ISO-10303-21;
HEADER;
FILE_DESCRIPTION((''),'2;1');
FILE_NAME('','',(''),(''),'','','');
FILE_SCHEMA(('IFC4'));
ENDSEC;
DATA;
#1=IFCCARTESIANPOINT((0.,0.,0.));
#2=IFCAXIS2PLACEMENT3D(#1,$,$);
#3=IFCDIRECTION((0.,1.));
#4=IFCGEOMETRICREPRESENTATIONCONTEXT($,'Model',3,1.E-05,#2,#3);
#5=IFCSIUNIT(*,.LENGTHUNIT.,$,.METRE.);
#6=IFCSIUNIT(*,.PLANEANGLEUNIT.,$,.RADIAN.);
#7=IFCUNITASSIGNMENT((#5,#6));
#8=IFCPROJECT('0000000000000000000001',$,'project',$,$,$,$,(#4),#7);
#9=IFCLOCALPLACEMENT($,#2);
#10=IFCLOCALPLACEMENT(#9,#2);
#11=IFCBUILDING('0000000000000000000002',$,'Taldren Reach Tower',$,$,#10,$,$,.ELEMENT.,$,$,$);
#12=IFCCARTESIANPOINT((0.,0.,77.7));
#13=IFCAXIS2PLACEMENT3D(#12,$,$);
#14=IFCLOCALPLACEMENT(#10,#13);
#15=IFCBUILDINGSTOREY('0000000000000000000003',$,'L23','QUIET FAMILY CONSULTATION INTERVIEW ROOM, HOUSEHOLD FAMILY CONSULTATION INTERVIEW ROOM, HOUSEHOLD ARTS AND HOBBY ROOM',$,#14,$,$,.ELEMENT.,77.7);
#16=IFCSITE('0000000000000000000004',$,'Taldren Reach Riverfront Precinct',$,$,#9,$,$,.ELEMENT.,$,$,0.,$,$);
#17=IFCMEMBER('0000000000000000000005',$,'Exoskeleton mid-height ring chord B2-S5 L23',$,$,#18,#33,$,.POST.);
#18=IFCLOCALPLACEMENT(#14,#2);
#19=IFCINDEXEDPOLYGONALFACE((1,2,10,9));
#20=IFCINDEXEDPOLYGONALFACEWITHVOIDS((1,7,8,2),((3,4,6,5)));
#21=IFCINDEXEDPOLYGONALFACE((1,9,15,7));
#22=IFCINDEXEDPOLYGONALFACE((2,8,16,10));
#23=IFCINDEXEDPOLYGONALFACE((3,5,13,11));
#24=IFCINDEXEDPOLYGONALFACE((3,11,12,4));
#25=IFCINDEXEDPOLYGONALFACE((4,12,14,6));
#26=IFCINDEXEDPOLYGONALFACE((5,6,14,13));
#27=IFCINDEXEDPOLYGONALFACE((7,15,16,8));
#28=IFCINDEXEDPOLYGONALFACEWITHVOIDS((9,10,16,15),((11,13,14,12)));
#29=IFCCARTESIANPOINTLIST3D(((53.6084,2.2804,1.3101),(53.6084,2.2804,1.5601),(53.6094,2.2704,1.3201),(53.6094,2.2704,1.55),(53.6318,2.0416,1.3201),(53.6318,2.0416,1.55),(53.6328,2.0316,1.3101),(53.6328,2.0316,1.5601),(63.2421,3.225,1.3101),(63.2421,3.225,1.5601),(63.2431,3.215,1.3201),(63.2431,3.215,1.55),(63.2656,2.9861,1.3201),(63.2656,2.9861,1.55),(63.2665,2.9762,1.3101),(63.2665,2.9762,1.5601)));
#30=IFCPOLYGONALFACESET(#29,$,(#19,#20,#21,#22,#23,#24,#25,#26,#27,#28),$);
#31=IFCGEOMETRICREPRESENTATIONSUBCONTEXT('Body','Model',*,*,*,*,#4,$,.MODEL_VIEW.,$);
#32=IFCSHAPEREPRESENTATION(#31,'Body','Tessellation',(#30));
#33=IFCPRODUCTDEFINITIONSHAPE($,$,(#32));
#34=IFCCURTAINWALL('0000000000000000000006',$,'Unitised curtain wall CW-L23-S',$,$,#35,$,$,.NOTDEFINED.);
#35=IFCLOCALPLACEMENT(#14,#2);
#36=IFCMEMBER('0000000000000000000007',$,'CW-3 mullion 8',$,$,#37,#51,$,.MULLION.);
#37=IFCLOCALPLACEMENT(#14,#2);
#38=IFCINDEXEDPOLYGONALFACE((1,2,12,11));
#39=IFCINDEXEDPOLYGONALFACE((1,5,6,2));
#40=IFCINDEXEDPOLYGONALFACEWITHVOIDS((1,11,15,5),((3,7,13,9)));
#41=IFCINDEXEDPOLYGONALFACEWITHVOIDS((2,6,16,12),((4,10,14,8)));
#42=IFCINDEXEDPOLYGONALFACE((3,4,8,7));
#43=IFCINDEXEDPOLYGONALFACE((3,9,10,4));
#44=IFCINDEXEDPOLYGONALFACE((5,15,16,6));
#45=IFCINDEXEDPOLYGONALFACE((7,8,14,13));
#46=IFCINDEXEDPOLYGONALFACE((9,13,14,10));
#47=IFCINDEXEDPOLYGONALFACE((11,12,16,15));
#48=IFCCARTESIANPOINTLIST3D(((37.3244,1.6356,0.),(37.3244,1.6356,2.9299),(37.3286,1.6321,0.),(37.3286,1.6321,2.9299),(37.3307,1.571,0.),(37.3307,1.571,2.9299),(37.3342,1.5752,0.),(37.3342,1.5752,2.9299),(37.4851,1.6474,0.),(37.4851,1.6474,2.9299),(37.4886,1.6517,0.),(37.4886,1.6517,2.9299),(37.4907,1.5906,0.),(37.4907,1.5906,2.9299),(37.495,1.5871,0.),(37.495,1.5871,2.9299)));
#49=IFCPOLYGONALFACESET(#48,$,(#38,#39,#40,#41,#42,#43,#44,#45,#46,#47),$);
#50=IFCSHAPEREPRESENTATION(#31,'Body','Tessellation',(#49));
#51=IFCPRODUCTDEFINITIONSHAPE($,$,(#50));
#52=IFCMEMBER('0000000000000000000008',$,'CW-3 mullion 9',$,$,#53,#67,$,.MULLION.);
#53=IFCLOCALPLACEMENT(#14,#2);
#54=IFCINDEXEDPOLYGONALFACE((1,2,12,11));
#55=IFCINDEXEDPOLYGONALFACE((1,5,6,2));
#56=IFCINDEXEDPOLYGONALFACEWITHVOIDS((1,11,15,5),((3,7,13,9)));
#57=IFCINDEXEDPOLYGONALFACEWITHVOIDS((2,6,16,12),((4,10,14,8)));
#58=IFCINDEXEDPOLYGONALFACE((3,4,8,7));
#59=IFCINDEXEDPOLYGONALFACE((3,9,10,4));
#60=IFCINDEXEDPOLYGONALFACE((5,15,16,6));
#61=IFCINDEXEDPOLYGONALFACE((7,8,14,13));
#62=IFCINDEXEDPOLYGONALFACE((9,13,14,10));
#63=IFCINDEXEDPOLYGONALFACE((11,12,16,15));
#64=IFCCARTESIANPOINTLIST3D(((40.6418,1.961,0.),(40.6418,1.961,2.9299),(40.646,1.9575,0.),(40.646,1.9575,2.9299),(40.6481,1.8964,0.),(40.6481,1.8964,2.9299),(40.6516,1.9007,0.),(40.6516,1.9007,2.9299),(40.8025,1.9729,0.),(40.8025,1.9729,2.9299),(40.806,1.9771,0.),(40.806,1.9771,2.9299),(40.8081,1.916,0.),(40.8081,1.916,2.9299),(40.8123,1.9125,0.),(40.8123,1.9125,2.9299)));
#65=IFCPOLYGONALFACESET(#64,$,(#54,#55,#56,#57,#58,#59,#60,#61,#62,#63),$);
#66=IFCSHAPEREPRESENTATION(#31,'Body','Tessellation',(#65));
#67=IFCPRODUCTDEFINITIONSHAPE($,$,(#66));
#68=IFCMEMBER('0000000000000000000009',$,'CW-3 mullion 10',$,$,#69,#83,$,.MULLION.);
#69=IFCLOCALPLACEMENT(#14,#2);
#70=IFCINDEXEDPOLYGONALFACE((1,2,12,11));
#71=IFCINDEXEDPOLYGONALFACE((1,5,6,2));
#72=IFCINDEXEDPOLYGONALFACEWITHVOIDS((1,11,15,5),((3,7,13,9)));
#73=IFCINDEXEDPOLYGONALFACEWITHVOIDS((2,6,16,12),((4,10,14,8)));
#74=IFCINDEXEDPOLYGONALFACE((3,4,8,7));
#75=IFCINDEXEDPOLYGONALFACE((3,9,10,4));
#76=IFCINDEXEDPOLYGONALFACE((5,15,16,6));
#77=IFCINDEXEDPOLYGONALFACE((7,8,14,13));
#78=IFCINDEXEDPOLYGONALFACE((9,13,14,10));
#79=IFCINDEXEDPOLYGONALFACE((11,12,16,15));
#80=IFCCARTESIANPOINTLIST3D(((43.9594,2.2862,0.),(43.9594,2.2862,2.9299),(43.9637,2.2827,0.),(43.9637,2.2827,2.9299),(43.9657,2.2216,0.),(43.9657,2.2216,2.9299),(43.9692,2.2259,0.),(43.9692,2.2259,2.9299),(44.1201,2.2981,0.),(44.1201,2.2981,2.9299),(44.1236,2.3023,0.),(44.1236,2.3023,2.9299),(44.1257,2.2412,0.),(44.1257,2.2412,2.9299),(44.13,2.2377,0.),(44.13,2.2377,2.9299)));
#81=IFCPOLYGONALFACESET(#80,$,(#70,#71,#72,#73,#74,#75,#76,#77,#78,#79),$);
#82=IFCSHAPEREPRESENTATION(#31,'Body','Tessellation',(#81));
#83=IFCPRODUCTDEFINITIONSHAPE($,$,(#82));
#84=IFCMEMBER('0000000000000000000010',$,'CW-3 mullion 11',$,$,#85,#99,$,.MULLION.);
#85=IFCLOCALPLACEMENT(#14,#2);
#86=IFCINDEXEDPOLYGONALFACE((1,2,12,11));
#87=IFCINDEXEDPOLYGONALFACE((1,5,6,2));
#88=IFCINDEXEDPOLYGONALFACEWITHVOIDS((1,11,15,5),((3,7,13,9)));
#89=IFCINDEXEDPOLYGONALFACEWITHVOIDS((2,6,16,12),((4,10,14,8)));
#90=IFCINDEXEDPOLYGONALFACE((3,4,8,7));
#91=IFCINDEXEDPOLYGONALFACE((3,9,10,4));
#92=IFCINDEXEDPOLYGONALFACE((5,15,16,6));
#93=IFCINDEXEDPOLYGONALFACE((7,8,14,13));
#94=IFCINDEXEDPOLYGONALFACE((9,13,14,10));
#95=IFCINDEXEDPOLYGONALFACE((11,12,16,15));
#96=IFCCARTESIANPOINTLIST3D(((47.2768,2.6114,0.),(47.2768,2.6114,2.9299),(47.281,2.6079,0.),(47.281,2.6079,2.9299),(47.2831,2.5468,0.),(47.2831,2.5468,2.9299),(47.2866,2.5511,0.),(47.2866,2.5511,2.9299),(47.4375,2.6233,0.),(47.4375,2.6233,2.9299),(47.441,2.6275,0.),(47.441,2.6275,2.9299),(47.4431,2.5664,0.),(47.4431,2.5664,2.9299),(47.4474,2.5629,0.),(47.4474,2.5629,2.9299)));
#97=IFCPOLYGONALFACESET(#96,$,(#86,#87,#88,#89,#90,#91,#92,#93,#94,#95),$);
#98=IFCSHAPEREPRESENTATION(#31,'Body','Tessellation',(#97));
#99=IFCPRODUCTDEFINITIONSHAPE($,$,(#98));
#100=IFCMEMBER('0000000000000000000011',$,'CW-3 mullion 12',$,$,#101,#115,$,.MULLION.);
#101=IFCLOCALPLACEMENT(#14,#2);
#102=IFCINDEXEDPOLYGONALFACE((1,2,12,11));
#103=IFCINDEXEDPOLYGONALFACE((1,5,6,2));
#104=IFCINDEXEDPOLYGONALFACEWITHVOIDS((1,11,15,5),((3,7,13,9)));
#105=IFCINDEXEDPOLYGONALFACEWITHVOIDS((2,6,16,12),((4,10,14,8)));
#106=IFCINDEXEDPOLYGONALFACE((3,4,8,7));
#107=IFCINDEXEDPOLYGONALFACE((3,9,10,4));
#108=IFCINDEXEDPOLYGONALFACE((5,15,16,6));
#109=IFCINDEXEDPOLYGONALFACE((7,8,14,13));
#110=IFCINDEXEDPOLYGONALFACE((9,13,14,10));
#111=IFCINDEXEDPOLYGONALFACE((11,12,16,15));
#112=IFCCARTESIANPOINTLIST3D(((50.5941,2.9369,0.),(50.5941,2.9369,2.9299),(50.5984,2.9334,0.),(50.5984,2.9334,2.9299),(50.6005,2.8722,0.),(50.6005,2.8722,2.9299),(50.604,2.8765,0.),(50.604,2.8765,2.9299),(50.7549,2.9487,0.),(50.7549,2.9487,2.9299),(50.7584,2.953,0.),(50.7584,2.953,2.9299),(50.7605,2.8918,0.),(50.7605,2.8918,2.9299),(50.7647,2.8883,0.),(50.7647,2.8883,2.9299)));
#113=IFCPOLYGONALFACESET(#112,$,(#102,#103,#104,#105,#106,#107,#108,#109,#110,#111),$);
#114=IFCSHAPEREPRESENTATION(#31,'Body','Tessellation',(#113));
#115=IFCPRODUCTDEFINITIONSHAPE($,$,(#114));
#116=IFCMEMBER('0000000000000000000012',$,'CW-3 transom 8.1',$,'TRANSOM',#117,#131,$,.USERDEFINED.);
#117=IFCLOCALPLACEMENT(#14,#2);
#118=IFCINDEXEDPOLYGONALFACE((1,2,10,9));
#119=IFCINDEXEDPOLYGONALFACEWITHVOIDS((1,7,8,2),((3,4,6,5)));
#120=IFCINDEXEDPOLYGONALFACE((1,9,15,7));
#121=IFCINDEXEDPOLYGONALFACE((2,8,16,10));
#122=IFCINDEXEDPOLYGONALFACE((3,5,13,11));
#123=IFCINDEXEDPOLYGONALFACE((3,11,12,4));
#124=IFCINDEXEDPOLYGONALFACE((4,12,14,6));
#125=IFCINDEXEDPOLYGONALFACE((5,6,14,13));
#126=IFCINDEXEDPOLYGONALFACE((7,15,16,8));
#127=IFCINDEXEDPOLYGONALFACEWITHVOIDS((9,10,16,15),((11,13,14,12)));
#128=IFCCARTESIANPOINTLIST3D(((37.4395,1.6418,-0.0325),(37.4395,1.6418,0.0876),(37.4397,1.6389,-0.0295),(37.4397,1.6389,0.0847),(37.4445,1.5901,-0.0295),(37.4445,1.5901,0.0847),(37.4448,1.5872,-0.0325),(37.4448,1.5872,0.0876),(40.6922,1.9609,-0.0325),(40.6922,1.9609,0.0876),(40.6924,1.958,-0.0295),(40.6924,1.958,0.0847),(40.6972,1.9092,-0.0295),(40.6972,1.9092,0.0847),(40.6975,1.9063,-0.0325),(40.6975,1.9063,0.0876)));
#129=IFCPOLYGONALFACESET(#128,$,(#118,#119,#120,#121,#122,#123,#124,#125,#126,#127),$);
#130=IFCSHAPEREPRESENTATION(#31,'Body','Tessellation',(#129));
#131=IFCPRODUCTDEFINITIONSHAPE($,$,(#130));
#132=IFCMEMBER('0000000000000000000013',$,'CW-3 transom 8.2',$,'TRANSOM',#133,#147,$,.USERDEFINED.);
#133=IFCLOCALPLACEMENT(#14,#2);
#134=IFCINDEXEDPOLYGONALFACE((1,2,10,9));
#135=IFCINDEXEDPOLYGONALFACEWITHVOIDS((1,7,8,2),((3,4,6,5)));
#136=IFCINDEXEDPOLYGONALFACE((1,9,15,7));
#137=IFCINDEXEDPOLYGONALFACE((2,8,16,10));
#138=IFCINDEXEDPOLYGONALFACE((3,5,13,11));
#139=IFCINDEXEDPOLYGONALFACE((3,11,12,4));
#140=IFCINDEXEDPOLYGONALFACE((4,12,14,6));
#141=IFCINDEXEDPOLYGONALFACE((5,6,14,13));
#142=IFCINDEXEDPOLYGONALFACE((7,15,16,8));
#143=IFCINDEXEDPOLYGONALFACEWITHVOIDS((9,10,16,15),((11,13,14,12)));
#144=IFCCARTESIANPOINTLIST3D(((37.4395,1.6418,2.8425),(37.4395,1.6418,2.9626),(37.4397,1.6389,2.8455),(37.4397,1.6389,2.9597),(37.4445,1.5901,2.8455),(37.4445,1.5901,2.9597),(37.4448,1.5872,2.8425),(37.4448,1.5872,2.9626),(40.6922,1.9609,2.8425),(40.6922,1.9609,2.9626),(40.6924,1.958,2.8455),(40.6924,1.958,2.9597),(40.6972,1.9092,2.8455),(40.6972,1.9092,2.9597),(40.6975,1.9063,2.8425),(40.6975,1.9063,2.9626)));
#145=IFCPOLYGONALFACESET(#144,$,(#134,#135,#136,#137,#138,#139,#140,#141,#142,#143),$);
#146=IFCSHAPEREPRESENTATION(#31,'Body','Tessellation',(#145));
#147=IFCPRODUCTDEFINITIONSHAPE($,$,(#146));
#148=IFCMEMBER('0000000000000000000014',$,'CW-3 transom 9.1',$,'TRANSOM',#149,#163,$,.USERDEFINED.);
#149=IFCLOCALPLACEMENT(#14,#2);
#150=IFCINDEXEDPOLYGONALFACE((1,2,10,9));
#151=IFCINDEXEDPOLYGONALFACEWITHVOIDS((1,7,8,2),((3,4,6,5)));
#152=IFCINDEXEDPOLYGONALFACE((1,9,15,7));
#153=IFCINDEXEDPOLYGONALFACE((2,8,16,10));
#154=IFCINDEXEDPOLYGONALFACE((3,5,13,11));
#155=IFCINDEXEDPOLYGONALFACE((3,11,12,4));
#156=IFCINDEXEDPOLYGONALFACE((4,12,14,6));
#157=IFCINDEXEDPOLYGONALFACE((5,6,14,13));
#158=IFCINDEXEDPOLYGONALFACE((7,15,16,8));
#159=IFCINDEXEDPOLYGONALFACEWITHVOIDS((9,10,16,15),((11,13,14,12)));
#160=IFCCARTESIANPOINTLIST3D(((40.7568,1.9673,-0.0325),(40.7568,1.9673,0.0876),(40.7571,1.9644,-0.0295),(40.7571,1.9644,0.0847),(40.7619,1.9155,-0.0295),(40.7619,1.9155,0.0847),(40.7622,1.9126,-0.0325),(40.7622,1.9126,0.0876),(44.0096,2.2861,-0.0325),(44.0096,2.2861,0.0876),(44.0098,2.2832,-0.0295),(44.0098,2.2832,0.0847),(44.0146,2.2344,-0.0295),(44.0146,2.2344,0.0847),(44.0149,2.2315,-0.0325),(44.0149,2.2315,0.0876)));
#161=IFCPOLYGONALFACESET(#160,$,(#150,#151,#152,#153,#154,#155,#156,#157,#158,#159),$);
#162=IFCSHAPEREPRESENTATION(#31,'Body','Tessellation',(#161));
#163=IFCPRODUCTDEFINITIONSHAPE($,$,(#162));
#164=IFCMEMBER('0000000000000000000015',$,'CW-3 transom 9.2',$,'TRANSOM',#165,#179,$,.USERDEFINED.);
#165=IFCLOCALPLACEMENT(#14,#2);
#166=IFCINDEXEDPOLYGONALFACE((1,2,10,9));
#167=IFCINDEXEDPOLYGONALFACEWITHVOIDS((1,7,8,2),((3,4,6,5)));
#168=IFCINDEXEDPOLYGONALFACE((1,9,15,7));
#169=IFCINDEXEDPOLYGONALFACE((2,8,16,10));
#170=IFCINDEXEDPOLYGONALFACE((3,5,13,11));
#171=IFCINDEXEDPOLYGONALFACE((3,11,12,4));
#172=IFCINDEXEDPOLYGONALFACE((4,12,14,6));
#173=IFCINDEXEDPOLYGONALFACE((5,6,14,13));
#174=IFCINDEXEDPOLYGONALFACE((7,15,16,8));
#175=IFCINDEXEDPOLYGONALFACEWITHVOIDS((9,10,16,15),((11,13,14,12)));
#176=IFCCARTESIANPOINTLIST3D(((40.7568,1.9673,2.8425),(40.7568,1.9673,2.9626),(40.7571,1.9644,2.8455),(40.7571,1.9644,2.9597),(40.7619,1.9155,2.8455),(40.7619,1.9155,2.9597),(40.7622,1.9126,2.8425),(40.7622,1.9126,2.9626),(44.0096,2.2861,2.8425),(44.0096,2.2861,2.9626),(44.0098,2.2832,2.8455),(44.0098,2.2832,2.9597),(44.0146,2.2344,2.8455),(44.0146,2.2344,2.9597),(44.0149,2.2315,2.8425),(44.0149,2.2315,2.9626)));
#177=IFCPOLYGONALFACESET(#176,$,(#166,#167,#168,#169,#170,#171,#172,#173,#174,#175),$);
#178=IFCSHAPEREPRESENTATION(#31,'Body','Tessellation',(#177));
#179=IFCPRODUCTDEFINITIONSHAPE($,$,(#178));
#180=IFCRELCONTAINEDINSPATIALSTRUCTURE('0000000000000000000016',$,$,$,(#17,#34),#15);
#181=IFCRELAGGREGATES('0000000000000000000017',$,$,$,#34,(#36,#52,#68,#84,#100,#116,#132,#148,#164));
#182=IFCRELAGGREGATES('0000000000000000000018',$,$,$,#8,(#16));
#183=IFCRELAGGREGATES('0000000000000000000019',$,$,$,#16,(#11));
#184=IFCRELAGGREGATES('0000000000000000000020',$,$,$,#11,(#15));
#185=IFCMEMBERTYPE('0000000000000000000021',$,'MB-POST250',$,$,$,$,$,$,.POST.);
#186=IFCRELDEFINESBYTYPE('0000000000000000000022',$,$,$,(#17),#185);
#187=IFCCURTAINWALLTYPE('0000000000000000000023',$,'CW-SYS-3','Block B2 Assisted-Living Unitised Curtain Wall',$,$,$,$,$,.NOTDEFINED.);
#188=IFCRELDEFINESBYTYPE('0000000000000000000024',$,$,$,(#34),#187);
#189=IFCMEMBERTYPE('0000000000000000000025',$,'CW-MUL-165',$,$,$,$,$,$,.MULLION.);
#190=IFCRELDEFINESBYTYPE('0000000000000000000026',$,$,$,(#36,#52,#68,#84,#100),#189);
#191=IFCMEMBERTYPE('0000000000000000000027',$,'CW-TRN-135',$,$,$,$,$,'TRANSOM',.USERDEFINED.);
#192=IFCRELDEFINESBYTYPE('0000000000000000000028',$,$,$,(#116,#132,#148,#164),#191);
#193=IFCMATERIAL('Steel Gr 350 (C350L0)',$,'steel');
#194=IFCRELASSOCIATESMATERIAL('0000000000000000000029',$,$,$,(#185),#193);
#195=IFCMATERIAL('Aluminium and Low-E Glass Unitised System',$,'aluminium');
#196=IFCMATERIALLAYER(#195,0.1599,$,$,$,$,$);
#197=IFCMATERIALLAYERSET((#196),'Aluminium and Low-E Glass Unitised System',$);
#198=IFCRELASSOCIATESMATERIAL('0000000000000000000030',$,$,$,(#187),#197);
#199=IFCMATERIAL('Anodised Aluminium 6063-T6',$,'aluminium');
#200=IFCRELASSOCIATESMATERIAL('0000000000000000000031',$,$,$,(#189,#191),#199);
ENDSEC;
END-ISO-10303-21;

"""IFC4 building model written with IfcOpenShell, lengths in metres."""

from ifc_helpers import new_model, si_unit, direction, frame, origin, origin_2d, place, context, subcontext, project, spatial, hollow_rectangle, extrude, source, transform, mapped, material, layer, layer_set, material_profile, profile_set, type_object, element, aggregate, save


model = new_model("IFC4")

# Units and contexts
model_context = context("Model", 3, precision=1e-05, world=origin(), true_north=direction((0.0, 1.0)))
body_context = subcontext(model_context, "Body", "Model", "MODEL_VIEW")
ifc_project = project(units=[si_unit("LENGTHUNIT", "METRE"), si_unit("PLANEANGLEUNIT", "RADIAN")], contexts=[model_context])

# Site, building, storey
site_placement = place(None, origin())
site = spatial("IfcSite", under=ifc_project, at=site_placement, Name="Taldren Reach Riverfront Precinct", CompositionType="ELEMENT", RefElevation=0.0)
building_placement = place(site_placement, origin())
building = spatial("IfcBuilding", under=site, at=building_placement, Name="Taldren Reach Tower", CompositionType="ELEMENT")
storey_placement = place(building_placement, frame((0.0, 0.0, 77.7)))
storey = spatial("IfcBuildingStorey", under=building, at=storey_placement, Name="L23", Description="QUIET FAMILY CONSULTATION INTERVIEW ROOM, HOUSEHOLD FAMILY CONSULTATION INTERVIEW ROOM, HOUSEHOLD ARTS AND HOBBY ROOM", CompositionType="ELEMENT", Elevation=77.7)

# Shared definitions
ifc_material_1 = material(Name="Steel Gr 350 (C350L0)", Category="steel")
ifc_material_profile_1 = material_profile(ifc_material_1, hollow_rectangle(XDim=0.25, YDim=0.25, WallThickness=0.01, at=origin_2d()), Name="250x250x10.0SHS")
ifc_profile_set_1 = profile_set([ifc_material_profile_1], Name="Steel Gr 350 (C350L0)")
member_type_1 = type_object("IfcMemberType", Name="MB-POST250", PredefinedType="POST", material=ifc_profile_set_1)

# Member
shared_shape_1 = source(origin(), body_context, "Body", "SweptSolid", [
    extrude(hollow_rectangle(XDim=0.25, YDim=0.25, WallThickness=0.01, at=origin_2d()), origin(), (0.0, 0.0, 1.0), 9.6799),
])
for number, where, z_axis, x_axis, name in (
    (1, (53.6206, 2.156, 1.4351), (0.995228, 0.097581, 0.0), (-0.097581, 0.995228, 0.0), "Exoskeleton mid-height ring chord B2-S5 L23"),
):
    element("IfcMember", number, at=place(storey_placement, frame(where, z_axis=z_axis, x_axis=x_axis)), inside=storey, type_object=member_type_1, Name=name, PredefinedType="POST", context=body_context, shape_type="MappedRepresentation", body=[
        mapped(shared_shape_1, transform((0.0, 0.0, 0.0), scale=1.0)),
    ])

# Curtain wall, members
ifc_material_2 = material(Name="Aluminium and Low-E Glass Unitised System", Category="aluminium")
ifc_layer_1 = layer(ifc_material_2, 0.1599)
ifc_layer_set_1 = layer_set([ifc_layer_1], Name="Aluminium and Low-E Glass Unitised System")
curtain_wall_type = type_object("IfcCurtainWallType", Name="CW-SYS-3", Description="Block B2 Assisted-Living Unitised Curtain Wall", PredefinedType="NOTDEFINED", material=ifc_layer_set_1)
curtain_wall_placement = place(storey_placement, origin())
curtain_wall = element("IfcCurtainWall", 2, at=curtain_wall_placement, inside=storey, type_object=curtain_wall_type, Name="Unitised curtain wall CW-L23-S", PredefinedType="NOTDEFINED")
ifc_material_3 = material(Name="Anodised Aluminium 6063-T6", Category="aluminium")
ifc_material_profile_2 = material_profile(ifc_material_3, hollow_rectangle(XDim=0.0649, YDim=0.165, WallThickness=0.0039, at=origin_2d()), Name="ALU-165x65x4RHS")
ifc_profile_set_2 = profile_set([ifc_material_profile_2], Name="Anodised Aluminium 6063-T6")
member_type_2 = type_object("IfcMemberType", Name="CW-MUL-165", PredefinedType="MULLION", material=ifc_profile_set_2)
shared_shape_2 = source(origin(), body_context, "Body", "SweptSolid", [
    extrude(hollow_rectangle(XDim=0.0649, YDim=0.165, WallThickness=0.0039, at=origin_2d()), origin(), (0.0, 0.0, 1.0), 2.9299),
])
member_1_placement = place(storey_placement, frame((37.4097, 1.6113, 0.0), z_axis=(0.0, 0.0, 1.0), x_axis=(-0.097583, 0.995227, 0.0)))
member_1 = element("IfcMember", 3, at=member_1_placement, type_object=member_type_2, Name="CW-3 mullion 8", PredefinedType="MULLION", context=body_context, shape_type="MappedRepresentation", body=[
    mapped(shared_shape_2, transform((0.0, 0.0, 0.0), scale=1.0)),
])
member_2_placement = place(storey_placement, frame((40.7271, 1.9368, 0.0), z_axis=(0.0, 0.0, 1.0), x_axis=(-0.097583, 0.995227, 0.0)))
member_2 = element("IfcMember", 4, at=member_2_placement, type_object=member_type_2, Name="CW-3 mullion 9", PredefinedType="MULLION", context=body_context, shape_type="MappedRepresentation", body=[
    mapped(shared_shape_2, transform((0.0, 0.0, 0.0), scale=1.0)),
])
member_3_placement = place(storey_placement, frame((44.0447, 2.262, 0.0), z_axis=(0.0, 0.0, 1.0), x_axis=(-0.097583, 0.995227, 0.0)))
member_3 = element("IfcMember", 5, at=member_3_placement, type_object=member_type_2, Name="CW-3 mullion 10", PredefinedType="MULLION", context=body_context, shape_type="MappedRepresentation", body=[
    mapped(shared_shape_2, transform((0.0, 0.0, 0.0), scale=1.0)),
])
member_4_placement = place(storey_placement, frame((47.3621, 2.5872, 0.0), z_axis=(0.0, 0.0, 1.0), x_axis=(-0.097583, 0.995227, 0.0)))
member_4 = element("IfcMember", 6, at=member_4_placement, type_object=member_type_2, Name="CW-3 mullion 11", PredefinedType="MULLION", context=body_context, shape_type="MappedRepresentation", body=[
    mapped(shared_shape_2, transform((0.0, 0.0, 0.0), scale=1.0)),
])
member_5_placement = place(storey_placement, frame((50.6794, 2.9126, 0.0), z_axis=(0.0, 0.0, 1.0), x_axis=(-0.097583, 0.995227, 0.0)))
member_5 = element("IfcMember", 7, at=member_5_placement, type_object=member_type_2, Name="CW-3 mullion 12", PredefinedType="MULLION", context=body_context, shape_type="MappedRepresentation", body=[
    mapped(shared_shape_2, transform((0.0, 0.0, 0.0), scale=1.0)),
])
ifc_material_profile_3 = material_profile(ifc_material_3, hollow_rectangle(XDim=0.0549, YDim=0.1201, WallThickness=0.0029, at=origin_2d()), Name="ALU-120x55x3RHS")
ifc_profile_set_3 = profile_set([ifc_material_profile_3], Name="Anodised Aluminium 6063-T6")
member_type_3 = type_object("IfcMemberType", Name="CW-TRN-135", ElementType="TRANSOM", PredefinedType="USERDEFINED", material=ifc_profile_set_3)
shared_shape_3 = source(origin(), body_context, "Body", "SweptSolid", [
    extrude(hollow_rectangle(XDim=0.0549, YDim=0.1201, WallThickness=0.0029, at=origin_2d()), origin(), (0.0, 0.0, 1.0), 3.2683),
])
member_6_placement = place(storey_placement, frame((37.4421, 1.6145, 0.0276), z_axis=(0.995223, 0.097632, 0.0), x_axis=(-0.097632, 0.995223, 0.0)))
member_6 = element("IfcMember", 8, at=member_6_placement, type_object=member_type_3, Name="CW-3 transom 8.1", ObjectType="TRANSOM", PredefinedType="USERDEFINED", context=body_context, shape_type="MappedRepresentation", body=[
    mapped(shared_shape_3, transform((0.0, 0.0, 0.0), scale=1.0)),
])
member_7_placement = place(storey_placement, frame((37.4421, 1.6145, 2.9026), z_axis=(0.995223, 0.097632, 0.0), x_axis=(-0.097632, 0.995223, 0.0)))
member_7 = element("IfcMember", 9, at=member_7_placement, type_object=member_type_3, Name="CW-3 transom 8.2", ObjectType="TRANSOM", PredefinedType="USERDEFINED", context=body_context, shape_type="MappedRepresentation", body=[
    mapped(shared_shape_3, transform((0.0, 0.0, 0.0), scale=1.0)),
])
member_8_placement = place(storey_placement, frame((40.7595, 1.9399, 0.0276), z_axis=(0.99523, 0.097558, 0.0), x_axis=(-0.097558, 0.99523, 0.0)))
member_8 = element("IfcMember", 10, at=member_8_placement, type_object=member_type_3, Name="CW-3 transom 9.1", ObjectType="TRANSOM", PredefinedType="USERDEFINED", context=body_context, shape_type="MappedRepresentation", body=[
    mapped(shared_shape_3, transform((0.0, 0.0, 0.0), scale=1.0)),
])
member_9_placement = place(storey_placement, frame((40.7595, 1.9399, 2.9026), z_axis=(0.99523, 0.097558, 0.0), x_axis=(-0.097558, 0.99523, 0.0)))
member_9 = element("IfcMember", 11, at=member_9_placement, type_object=member_type_3, Name="CW-3 transom 9.2", ObjectType="TRANSOM", PredefinedType="USERDEFINED", context=body_context, shape_type="MappedRepresentation", body=[
    mapped(shared_shape_3, transform((0.0, 0.0, 0.0), scale=1.0)),
])

aggregate(curtain_wall, [member_1, member_2, member_3, member_4, member_5, member_6, member_7, member_8, member_9])

save(model, "model.ifc")
